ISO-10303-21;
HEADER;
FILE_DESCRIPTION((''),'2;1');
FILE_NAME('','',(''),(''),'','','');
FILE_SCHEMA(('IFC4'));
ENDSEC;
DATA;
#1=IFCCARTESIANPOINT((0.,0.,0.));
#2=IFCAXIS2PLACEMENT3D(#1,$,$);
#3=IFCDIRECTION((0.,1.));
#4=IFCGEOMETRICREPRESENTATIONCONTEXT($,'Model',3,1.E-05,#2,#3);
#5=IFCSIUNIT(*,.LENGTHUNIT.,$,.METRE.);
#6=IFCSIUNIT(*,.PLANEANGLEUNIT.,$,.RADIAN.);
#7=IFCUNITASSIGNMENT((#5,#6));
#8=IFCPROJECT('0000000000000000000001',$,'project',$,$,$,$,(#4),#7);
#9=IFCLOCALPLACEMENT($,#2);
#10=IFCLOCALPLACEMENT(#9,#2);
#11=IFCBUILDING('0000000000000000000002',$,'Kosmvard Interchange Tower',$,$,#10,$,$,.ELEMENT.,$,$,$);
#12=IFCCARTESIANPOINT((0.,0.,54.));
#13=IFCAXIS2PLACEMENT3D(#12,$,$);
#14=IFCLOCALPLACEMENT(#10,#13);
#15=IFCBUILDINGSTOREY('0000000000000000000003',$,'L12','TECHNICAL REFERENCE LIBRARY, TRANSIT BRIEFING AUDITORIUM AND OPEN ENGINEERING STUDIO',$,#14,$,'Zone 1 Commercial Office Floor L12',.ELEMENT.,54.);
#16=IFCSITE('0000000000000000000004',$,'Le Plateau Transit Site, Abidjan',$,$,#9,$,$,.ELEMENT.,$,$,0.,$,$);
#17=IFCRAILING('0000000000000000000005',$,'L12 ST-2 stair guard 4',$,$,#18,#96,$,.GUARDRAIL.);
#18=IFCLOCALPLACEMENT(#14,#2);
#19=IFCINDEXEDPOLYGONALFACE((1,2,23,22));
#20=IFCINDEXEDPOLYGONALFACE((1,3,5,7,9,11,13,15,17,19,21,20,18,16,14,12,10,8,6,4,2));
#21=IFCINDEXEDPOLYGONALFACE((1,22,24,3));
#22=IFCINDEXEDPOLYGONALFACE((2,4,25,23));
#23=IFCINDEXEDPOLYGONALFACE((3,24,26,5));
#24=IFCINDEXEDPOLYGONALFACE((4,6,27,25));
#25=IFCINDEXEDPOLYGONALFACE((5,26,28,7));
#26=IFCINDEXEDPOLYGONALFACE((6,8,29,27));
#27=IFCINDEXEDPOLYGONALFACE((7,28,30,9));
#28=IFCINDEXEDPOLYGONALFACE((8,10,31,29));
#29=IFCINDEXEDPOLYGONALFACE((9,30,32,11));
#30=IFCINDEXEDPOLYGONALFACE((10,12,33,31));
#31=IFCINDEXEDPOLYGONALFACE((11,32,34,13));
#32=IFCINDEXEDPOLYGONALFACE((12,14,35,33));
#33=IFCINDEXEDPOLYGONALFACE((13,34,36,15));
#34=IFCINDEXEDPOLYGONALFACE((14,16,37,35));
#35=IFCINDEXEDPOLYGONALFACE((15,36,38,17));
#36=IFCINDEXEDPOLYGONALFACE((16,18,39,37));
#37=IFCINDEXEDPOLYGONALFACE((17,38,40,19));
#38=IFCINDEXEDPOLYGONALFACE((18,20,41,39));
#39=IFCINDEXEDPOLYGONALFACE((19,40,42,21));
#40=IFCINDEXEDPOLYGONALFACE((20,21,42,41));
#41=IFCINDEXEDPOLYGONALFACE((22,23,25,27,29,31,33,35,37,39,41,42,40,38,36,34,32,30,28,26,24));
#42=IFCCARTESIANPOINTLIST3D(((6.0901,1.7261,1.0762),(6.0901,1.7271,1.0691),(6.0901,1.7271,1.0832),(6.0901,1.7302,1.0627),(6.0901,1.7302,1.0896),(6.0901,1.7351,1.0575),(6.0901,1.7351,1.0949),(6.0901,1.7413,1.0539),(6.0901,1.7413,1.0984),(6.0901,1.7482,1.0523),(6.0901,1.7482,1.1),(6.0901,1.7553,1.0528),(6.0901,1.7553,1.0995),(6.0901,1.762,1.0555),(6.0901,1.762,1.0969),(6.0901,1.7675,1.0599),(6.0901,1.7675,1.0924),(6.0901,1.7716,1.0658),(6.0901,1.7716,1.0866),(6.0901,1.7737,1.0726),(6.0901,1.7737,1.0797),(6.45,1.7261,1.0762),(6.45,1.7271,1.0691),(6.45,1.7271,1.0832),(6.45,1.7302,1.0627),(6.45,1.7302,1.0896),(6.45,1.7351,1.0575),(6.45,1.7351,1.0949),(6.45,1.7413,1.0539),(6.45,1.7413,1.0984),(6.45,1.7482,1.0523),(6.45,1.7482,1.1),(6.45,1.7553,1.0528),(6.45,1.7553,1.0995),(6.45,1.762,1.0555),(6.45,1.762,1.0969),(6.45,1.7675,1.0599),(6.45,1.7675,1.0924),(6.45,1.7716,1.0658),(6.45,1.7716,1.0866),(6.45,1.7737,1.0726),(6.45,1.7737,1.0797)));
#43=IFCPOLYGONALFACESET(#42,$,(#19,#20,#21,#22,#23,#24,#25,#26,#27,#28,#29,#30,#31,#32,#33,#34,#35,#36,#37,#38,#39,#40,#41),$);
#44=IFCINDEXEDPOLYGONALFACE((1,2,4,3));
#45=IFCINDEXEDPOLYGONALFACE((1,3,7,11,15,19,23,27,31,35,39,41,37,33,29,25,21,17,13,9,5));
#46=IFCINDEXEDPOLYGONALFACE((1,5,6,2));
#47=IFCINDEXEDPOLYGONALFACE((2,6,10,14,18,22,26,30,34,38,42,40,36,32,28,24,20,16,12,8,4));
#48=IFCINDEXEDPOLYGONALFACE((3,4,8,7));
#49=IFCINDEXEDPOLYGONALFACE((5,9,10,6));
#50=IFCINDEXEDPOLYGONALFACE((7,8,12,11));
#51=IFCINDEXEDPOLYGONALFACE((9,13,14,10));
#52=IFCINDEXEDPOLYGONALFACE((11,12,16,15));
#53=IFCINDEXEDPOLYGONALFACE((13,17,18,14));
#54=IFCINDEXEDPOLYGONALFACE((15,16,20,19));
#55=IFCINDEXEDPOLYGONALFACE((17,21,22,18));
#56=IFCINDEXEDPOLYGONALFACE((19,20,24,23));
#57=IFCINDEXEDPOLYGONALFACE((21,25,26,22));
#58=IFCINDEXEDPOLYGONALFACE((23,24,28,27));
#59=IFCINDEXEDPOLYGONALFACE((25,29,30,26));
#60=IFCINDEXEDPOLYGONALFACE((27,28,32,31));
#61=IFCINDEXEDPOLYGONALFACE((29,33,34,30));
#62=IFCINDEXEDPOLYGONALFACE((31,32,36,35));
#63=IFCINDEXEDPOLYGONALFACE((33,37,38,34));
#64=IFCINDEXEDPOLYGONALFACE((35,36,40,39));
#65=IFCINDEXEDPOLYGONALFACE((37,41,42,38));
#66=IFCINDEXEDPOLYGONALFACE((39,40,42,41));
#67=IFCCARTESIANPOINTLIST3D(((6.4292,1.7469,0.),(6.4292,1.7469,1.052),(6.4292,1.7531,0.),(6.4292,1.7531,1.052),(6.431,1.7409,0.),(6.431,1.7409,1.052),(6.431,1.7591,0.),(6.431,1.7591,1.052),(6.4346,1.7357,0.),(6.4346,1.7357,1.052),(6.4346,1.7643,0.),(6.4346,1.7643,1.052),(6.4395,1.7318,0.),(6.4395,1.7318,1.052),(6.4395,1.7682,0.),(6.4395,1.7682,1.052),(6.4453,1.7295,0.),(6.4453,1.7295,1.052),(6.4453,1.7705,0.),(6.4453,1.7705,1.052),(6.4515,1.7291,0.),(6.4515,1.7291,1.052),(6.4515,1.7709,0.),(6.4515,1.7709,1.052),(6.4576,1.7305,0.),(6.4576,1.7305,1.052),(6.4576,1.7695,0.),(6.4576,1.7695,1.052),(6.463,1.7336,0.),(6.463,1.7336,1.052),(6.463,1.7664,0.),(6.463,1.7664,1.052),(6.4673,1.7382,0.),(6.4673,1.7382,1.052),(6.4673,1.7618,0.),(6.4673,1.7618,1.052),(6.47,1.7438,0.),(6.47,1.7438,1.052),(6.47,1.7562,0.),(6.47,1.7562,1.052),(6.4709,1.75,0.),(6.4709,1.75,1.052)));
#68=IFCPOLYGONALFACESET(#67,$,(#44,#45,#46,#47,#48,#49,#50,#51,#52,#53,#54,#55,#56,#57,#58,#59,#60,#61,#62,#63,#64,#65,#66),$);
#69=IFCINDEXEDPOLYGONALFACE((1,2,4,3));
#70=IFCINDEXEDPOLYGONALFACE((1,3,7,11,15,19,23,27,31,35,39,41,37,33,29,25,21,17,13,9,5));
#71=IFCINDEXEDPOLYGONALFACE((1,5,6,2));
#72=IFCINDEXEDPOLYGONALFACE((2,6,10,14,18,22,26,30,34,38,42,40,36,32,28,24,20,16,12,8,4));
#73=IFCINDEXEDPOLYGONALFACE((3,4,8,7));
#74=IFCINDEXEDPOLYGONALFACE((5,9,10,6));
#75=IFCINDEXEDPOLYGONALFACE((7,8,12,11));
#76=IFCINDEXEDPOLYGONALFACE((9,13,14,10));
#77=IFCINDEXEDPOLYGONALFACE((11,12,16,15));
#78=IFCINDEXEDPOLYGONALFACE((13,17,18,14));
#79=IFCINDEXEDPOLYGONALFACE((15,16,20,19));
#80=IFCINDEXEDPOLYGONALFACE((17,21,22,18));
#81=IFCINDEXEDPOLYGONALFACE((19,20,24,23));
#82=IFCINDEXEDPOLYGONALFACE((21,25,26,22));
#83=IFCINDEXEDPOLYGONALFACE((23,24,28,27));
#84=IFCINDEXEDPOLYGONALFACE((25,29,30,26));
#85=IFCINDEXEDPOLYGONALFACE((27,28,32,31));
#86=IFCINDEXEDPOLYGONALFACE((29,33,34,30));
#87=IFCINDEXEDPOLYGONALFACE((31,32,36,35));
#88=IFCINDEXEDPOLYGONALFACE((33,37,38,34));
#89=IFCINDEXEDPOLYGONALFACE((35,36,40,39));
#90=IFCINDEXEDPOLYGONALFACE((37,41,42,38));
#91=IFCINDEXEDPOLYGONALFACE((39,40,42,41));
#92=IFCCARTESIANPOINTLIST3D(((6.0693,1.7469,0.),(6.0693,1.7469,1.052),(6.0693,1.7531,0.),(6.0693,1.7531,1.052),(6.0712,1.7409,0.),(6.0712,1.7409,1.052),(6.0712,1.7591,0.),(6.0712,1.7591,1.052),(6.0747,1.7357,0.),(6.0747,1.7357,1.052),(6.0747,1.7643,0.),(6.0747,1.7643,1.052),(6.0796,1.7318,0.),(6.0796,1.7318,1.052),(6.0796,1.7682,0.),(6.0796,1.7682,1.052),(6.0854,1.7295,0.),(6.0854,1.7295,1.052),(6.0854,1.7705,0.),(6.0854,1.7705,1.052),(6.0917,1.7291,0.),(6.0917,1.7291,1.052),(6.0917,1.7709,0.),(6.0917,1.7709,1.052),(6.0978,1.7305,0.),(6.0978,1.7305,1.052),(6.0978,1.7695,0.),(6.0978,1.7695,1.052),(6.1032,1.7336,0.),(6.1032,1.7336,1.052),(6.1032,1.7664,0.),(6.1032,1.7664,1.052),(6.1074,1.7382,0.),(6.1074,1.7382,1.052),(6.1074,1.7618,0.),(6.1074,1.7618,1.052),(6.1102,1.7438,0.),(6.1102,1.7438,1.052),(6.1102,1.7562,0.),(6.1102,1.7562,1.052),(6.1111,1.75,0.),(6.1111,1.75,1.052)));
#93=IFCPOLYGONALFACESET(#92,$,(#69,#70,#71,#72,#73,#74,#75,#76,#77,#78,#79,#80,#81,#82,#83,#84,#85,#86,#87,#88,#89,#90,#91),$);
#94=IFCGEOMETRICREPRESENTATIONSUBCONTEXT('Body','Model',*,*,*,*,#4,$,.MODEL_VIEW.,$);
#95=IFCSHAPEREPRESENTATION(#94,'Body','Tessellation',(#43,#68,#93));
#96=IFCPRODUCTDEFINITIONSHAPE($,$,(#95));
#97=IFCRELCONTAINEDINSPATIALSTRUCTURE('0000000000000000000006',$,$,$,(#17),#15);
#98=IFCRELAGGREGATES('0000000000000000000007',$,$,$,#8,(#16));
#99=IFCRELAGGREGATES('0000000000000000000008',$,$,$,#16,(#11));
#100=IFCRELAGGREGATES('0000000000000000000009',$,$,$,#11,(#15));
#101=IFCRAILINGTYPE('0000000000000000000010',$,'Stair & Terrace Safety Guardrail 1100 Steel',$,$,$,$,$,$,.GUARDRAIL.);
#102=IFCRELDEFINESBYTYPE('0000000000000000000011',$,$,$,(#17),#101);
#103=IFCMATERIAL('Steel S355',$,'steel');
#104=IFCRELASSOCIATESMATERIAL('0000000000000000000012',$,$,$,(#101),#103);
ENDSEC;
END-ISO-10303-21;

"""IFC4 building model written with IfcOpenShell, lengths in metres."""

from ifc_helpers import new_model, si_unit, direction, frame, origin, origin_2d, place, context, subcontext, project, spatial, circle, extrude, source, transform, mapped, material, type_object, element, save


model = new_model("IFC4")

# Units and contexts
model_context = context("Model", 3, precision=1e-05, world=origin(), true_north=direction((0.0, 1.0)))
body_context = subcontext(model_context, "Body", "Model", "MODEL_VIEW")
ifc_project = project(units=[si_unit("LENGTHUNIT", "METRE"), si_unit("PLANEANGLEUNIT", "RADIAN")], contexts=[model_context])

# Site, building, storey
site_placement = place(None, origin())
site = spatial("IfcSite", under=ifc_project, at=site_placement, Name="Le Plateau Transit Site, Abidjan", CompositionType="ELEMENT", RefElevation=0.0)
building_placement = place(site_placement, origin())
building = spatial("IfcBuilding", under=site, at=building_placement, Name="Kosmvard Interchange Tower", CompositionType="ELEMENT")
storey_placement = place(building_placement, frame((0.0, 0.0, 54.0)))
storey = spatial("IfcBuildingStorey", under=building, at=storey_placement, Name="L12", Description="TECHNICAL REFERENCE LIBRARY, TRANSIT BRIEFING AUDITORIUM AND OPEN ENGINEERING STUDIO", LongName="Zone 1 Commercial Office Floor L12", CompositionType="ELEMENT", Elevation=54.0)

# Shared definitions
ifc_material_1 = material(Name="Steel S355", Category="steel")

# Railing
railing_type_1 = type_object("IfcRailingType", Name="Stair & Terrace Safety Guardrail 1100 Steel", PredefinedType="GUARDRAIL", material=ifc_material_1)
shared_shape_1 = source(origin(), body_context, "Body", "SweptSolid", [
    extrude(circle(Radius=0.0239, at=origin_2d()), frame((0.0, 0.0, 1.0762), z_axis=(-1.0, 0.0, 0.0), x_axis=(0.0, -1.0, 0.0)), (0.0, 0.0, 1.0), 0.3599),
    extrude(circle(Radius=0.021, at=origin_2d()), origin(), (0.0, 0.0, 1.0), 1.052),
    extrude(circle(Radius=0.021, at=origin_2d()), frame((-0.3599, 0.0, 0.0)), (0.0, 0.0, 1.0), 1.052),
])
for number, where, name in (
    (1, (6.45, 1.75, 0.0), "L12 ST-2 stair guard 4"),
):
    element("IfcRailing", number, at=place(storey_placement, frame(where)), inside=storey, type_object=railing_type_1, Name=name, PredefinedType="GUARDRAIL", context=body_context, shape_type="MappedRepresentation", body=[
        mapped(shared_shape_1, transform((0.0, 0.0, 0.0), scale=1.0)),
    ])

save(model, "model.ifc")
